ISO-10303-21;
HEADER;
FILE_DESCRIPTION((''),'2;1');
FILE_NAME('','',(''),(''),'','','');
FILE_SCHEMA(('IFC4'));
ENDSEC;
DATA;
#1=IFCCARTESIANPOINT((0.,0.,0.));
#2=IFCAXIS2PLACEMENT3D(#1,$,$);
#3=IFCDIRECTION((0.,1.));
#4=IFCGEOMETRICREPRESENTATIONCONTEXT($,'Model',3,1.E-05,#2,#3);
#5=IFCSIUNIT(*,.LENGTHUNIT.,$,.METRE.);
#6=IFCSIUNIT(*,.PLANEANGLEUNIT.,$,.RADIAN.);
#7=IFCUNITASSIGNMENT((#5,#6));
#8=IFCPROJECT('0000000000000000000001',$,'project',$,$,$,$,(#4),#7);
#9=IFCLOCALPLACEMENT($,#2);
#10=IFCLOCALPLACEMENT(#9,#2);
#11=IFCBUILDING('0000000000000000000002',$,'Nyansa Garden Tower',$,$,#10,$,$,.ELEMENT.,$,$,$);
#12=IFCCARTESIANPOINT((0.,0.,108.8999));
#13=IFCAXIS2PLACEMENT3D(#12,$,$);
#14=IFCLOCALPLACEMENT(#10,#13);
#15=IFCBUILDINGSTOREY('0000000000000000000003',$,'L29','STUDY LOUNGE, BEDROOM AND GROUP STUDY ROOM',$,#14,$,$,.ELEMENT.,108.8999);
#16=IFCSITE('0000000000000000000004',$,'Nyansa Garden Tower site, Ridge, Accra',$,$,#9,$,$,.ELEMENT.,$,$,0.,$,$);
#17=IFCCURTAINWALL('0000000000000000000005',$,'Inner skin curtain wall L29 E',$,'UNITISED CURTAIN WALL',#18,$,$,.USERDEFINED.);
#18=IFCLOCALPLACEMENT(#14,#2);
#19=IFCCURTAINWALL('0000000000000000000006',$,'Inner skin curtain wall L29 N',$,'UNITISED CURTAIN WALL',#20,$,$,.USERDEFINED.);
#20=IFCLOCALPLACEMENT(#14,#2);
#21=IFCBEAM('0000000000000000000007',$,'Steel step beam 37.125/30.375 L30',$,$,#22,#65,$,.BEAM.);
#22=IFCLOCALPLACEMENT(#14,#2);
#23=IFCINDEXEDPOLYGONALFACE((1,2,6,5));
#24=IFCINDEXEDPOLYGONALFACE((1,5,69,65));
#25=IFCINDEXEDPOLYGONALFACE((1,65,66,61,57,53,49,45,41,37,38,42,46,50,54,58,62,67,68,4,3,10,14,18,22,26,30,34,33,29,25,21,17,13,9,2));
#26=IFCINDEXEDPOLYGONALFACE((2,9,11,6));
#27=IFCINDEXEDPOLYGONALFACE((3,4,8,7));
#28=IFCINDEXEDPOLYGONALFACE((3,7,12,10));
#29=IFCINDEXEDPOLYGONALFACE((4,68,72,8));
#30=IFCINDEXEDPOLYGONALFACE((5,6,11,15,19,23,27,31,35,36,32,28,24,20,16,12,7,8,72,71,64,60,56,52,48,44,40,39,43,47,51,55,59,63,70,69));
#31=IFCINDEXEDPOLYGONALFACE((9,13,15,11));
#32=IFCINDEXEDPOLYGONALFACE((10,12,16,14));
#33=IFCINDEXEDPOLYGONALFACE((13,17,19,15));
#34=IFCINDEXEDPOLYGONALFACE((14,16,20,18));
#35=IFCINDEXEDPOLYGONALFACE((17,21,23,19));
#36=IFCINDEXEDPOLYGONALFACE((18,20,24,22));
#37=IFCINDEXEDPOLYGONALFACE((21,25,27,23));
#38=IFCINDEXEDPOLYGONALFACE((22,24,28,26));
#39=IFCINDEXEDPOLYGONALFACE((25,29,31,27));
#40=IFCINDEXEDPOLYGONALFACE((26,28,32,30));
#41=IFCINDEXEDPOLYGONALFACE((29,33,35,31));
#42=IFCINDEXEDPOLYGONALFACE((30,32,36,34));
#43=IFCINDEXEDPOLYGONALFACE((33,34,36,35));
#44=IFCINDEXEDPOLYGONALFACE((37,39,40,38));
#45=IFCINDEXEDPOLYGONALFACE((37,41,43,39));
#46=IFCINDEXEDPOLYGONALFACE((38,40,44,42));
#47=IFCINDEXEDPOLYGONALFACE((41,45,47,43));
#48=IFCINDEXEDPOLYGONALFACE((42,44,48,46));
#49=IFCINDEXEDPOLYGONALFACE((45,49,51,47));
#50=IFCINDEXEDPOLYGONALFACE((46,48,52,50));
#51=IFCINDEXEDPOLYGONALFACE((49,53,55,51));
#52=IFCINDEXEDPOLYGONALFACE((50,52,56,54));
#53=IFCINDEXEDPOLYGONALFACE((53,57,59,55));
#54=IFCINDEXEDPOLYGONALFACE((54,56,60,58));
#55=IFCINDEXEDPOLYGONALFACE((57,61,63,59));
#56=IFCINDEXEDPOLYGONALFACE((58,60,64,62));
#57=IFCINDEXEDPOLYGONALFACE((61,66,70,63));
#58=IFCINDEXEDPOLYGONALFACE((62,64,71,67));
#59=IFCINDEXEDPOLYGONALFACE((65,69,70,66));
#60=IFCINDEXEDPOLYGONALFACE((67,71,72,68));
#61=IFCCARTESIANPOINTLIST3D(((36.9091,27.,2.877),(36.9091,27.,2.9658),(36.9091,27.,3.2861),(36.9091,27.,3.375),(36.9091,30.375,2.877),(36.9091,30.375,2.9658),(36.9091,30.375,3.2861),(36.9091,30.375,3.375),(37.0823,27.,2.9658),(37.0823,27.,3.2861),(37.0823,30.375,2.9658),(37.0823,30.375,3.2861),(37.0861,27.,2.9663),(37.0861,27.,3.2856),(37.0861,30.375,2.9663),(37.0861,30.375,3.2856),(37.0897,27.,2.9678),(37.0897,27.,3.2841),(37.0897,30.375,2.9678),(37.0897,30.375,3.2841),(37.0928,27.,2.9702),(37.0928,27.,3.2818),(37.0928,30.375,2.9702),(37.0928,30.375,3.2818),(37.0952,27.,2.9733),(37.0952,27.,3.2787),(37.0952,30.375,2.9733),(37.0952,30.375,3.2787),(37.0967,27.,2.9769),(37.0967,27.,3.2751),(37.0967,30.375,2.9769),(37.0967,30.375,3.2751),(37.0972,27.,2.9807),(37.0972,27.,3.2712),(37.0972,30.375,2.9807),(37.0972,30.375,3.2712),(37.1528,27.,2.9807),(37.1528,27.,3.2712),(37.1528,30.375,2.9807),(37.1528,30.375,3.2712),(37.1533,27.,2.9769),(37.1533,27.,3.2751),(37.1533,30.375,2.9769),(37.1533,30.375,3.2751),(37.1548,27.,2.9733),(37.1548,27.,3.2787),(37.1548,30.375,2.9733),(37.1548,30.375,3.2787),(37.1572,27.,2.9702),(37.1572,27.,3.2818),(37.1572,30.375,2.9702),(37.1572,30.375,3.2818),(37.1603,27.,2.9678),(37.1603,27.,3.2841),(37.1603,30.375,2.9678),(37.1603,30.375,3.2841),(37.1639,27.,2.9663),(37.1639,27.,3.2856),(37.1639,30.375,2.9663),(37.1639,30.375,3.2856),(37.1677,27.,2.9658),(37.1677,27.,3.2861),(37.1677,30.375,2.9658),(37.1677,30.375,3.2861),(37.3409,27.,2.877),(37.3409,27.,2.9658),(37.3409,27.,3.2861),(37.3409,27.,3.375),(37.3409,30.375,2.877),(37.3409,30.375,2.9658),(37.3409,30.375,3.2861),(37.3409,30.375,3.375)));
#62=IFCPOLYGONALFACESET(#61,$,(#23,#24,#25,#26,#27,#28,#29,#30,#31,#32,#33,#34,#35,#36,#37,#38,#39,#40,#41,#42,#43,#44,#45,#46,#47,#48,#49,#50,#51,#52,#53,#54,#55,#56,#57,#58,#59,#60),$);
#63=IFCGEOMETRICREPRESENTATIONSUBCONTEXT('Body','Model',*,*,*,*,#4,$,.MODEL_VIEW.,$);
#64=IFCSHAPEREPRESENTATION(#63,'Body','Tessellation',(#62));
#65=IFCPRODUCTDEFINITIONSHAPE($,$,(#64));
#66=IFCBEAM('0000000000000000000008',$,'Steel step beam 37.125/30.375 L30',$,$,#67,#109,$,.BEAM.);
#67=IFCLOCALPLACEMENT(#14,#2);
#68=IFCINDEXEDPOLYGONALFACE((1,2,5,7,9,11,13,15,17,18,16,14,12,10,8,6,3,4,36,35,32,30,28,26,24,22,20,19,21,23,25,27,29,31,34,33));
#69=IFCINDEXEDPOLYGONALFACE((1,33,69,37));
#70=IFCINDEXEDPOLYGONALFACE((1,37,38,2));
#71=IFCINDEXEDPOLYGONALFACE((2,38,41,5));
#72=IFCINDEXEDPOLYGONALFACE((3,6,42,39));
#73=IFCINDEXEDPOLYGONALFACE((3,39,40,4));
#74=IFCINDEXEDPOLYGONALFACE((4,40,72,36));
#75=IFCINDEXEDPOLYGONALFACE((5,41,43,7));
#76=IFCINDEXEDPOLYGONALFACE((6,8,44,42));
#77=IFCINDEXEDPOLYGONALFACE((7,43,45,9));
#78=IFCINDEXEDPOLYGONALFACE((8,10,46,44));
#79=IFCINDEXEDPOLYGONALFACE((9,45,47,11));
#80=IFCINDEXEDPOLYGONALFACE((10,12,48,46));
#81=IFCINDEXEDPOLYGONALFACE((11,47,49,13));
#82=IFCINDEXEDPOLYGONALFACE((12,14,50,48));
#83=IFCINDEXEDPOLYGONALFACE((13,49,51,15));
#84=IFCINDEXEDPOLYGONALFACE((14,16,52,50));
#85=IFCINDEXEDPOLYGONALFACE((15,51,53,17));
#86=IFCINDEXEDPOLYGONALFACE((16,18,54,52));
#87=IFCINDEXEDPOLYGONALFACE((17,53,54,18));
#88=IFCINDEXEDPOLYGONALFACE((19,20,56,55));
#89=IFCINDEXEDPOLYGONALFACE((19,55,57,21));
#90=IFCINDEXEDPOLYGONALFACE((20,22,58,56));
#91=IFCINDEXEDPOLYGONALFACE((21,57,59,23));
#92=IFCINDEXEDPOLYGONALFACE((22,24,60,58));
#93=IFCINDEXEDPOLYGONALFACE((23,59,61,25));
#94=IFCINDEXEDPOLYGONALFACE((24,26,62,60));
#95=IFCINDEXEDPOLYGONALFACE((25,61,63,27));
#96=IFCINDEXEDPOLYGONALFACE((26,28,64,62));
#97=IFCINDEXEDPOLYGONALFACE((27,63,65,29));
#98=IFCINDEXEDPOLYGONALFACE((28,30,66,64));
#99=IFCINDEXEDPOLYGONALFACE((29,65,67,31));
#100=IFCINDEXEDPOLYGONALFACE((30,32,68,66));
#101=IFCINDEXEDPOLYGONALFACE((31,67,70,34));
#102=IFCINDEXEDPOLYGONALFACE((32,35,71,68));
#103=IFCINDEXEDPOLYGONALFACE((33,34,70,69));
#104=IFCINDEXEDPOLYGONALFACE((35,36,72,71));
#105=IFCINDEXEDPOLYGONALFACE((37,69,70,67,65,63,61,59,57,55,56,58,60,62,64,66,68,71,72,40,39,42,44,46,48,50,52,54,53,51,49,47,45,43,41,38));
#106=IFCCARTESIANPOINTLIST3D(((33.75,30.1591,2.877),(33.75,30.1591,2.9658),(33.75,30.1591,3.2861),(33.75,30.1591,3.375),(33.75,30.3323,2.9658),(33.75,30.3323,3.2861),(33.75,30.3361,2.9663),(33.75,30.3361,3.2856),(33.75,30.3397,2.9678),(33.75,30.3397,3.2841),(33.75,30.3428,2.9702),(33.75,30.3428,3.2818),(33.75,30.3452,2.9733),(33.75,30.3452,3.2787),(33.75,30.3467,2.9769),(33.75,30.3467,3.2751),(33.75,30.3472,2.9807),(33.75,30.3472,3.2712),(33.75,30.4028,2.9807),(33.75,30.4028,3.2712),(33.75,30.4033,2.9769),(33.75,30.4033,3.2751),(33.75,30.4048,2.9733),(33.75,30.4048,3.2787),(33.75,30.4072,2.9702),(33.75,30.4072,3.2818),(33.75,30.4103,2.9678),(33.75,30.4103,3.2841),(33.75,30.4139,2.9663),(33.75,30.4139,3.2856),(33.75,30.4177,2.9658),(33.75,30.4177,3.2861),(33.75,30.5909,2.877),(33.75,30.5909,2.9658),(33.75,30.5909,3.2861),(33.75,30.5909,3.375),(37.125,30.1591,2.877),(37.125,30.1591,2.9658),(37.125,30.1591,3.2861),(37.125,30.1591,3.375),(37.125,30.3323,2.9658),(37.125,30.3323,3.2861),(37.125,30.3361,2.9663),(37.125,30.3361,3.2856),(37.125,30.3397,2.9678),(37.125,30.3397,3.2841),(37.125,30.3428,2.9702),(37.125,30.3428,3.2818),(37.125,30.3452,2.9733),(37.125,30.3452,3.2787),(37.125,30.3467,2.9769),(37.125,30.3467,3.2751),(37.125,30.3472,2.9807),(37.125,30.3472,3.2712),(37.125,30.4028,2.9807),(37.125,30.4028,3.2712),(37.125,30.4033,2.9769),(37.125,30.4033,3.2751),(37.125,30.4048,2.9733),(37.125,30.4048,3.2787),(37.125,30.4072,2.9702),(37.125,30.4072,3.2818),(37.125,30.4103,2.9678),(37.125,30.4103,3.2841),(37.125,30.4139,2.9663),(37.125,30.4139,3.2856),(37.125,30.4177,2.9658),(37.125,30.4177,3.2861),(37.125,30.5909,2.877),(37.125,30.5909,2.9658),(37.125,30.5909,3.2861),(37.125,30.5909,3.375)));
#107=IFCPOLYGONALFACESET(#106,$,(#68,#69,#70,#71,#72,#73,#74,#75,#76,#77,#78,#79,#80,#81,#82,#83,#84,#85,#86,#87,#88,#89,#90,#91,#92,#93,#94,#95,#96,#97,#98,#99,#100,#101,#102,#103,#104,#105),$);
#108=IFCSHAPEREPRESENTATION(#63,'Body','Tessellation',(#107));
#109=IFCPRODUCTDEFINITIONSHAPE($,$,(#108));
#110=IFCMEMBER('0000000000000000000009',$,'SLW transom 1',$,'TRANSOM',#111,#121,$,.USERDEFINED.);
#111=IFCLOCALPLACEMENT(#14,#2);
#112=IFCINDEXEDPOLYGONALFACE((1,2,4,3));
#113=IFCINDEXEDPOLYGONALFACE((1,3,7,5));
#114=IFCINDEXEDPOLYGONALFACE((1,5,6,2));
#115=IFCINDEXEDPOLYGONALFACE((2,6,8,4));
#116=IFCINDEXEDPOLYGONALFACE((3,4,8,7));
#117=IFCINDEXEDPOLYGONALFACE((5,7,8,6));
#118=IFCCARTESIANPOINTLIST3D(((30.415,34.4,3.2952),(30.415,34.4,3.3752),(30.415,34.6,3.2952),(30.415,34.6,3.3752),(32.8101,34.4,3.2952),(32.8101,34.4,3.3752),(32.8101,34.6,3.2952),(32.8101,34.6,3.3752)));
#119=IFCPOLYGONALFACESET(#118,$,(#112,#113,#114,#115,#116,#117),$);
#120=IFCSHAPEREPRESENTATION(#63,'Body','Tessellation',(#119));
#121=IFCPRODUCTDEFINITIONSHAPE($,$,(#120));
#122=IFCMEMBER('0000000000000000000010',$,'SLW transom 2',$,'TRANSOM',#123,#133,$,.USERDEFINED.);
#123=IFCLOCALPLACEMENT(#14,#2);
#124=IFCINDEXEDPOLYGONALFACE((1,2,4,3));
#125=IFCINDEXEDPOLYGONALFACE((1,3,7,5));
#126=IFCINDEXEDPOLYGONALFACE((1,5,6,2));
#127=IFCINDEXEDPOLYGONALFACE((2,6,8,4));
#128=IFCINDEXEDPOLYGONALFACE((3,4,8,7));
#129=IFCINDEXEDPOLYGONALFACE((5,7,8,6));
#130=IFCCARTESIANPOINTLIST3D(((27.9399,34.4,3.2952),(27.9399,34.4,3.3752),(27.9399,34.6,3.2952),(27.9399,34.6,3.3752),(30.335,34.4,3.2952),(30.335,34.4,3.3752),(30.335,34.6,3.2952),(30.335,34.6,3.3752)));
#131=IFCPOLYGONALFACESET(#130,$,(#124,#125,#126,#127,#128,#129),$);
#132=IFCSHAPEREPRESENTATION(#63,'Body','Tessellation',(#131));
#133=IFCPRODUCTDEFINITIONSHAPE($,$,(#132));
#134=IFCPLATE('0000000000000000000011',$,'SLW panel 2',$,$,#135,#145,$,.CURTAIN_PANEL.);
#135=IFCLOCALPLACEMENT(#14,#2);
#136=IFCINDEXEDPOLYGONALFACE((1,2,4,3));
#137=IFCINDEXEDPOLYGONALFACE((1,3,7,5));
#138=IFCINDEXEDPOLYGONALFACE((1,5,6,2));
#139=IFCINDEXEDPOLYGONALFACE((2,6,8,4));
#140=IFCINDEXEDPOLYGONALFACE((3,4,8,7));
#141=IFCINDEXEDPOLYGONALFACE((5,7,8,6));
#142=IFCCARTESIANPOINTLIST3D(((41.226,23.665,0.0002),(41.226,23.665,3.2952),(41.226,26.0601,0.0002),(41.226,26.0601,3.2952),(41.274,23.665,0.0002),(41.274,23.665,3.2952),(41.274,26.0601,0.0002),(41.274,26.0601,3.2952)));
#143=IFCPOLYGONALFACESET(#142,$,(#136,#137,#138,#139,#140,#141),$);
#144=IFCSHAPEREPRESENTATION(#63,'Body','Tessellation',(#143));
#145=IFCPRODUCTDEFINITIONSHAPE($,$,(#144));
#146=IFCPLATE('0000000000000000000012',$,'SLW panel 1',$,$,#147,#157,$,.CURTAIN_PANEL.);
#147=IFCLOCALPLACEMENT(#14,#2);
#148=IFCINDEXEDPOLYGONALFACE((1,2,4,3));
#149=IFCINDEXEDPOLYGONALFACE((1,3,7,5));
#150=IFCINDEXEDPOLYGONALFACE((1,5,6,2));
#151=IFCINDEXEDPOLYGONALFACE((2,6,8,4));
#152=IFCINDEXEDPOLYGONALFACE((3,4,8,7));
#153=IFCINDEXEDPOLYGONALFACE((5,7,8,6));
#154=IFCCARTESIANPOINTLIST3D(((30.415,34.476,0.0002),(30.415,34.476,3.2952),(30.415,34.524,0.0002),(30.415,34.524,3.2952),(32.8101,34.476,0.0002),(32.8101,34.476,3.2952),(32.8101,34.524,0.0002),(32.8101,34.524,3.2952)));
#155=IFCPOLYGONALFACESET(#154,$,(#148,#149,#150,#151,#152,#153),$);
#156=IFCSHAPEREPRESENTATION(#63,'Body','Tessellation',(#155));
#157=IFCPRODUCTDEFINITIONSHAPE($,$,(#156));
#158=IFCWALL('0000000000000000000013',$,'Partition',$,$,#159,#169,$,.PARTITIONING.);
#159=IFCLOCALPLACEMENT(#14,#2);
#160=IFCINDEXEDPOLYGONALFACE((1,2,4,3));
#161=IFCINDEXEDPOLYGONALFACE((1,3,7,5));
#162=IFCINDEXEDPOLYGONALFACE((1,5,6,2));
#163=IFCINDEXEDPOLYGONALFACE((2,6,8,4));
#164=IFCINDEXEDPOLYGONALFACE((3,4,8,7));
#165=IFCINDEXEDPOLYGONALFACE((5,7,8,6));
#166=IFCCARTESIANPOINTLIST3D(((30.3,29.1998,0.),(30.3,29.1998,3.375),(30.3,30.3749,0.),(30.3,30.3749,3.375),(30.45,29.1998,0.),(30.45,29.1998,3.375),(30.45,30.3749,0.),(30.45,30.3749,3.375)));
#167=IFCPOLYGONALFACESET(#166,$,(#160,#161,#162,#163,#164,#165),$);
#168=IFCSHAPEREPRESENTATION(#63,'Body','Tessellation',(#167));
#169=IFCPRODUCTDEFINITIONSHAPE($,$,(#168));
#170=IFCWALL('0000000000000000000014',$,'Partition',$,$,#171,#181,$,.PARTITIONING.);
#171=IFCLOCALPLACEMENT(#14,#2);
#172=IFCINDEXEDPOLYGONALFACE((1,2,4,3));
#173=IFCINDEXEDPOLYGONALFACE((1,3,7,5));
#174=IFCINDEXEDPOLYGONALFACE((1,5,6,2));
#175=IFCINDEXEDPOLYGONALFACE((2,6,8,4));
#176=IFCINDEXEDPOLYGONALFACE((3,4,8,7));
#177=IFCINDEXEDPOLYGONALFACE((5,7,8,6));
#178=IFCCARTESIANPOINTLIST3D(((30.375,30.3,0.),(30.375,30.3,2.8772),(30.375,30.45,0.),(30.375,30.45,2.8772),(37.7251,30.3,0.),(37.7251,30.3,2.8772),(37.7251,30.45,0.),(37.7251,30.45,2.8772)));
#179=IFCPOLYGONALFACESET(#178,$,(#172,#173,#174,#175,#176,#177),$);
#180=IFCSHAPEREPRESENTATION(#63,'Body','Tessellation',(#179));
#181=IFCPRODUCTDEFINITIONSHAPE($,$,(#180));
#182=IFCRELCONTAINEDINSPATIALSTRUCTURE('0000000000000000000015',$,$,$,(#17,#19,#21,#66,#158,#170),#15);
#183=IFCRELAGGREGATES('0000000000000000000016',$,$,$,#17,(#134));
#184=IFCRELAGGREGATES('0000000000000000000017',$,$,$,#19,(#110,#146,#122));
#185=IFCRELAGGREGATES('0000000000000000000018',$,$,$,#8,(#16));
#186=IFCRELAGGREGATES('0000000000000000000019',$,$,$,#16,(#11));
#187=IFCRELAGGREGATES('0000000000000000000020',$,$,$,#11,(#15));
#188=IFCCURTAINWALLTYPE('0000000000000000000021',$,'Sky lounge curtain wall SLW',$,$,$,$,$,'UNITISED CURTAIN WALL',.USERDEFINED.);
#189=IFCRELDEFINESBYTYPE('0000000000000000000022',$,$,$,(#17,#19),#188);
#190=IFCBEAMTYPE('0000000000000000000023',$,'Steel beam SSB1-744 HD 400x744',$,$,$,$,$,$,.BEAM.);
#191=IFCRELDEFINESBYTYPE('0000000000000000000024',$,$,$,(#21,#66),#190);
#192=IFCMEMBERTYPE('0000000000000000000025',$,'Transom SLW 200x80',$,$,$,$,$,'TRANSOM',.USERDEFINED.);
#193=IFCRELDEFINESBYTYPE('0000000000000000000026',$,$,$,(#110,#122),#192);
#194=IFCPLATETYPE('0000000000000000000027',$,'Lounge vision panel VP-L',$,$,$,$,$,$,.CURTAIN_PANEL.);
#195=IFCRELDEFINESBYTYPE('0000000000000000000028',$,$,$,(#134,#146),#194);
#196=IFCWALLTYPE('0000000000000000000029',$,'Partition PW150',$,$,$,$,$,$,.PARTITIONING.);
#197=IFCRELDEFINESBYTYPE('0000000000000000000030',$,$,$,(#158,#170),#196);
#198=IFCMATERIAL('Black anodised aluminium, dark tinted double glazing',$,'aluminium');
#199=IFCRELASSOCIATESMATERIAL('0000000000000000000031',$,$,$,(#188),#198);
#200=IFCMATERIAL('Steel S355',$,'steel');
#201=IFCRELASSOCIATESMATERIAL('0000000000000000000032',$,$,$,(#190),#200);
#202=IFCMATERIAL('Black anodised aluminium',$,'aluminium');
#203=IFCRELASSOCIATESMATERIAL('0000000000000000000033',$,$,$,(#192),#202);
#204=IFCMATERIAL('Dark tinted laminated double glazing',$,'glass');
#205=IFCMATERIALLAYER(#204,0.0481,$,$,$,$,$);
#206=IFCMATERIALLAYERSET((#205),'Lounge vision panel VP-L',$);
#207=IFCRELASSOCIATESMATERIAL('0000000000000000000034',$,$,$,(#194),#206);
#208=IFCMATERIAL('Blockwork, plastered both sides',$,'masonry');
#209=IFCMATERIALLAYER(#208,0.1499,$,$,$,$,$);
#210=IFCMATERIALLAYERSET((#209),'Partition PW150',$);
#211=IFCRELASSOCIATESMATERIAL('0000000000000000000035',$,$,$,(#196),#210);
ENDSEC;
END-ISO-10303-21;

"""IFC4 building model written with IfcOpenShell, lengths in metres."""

from ifc_helpers import new_model, si_unit, direction, frame, frame_2d, origin, origin_2d, place, context, subcontext, project, spatial, rectangle, i_section, extrude, material, layer, layer_set, material_profile, profile_set, type_object, element, aggregate, save


model = new_model("IFC4")

# Units and contexts
model_context = context("Model", 3, precision=1e-05, world=origin(), true_north=direction((0.0, 1.0)))
body_context = subcontext(model_context, "Body", "Model", "MODEL_VIEW")
ifc_project = project(units=[si_unit("LENGTHUNIT", "METRE"), si_unit("PLANEANGLEUNIT", "RADIAN")], contexts=[model_context])

# Site, building, storey
site_placement = place(None, origin())
site = spatial("IfcSite", under=ifc_project, at=site_placement, Name="Nyansa Garden Tower site, Ridge, Accra", CompositionType="ELEMENT", RefElevation=0.0)
building_placement = place(site_placement, origin())
building = spatial("IfcBuilding", under=site, at=building_placement, Name="Nyansa Garden Tower", CompositionType="ELEMENT")
storey_placement = place(building_placement, frame((0.0, 0.0, 108.8999)))
storey = spatial("IfcBuildingStorey", under=building, at=storey_placement, Name="L29", Description="STUDY LOUNGE, BEDROOM AND GROUP STUDY ROOM", CompositionType="ELEMENT", Elevation=108.8999)

# Curtain wall
ifc_material_1 = material(Name="Black anodised aluminium, dark tinted double glazing", Category="aluminium")
curtain_wall_type = type_object("IfcCurtainWallType", Name="Sky lounge curtain wall SLW", ElementType="UNITISED CURTAIN WALL", PredefinedType="USERDEFINED", material=ifc_material_1)
curtain_wall_1_placement = place(storey_placement, origin())
curtain_wall_1 = element("IfcCurtainWall", 1, at=curtain_wall_1_placement, inside=storey, type_object=curtain_wall_type, Name="Inner skin curtain wall L29 E", ObjectType="UNITISED CURTAIN WALL", PredefinedType="USERDEFINED")

# Curtain wall
curtain_wall_2_placement = place(storey_placement, origin())
curtain_wall_2 = element("IfcCurtainWall", 2, at=curtain_wall_2_placement, inside=storey, type_object=curtain_wall_type, Name="Inner skin curtain wall L29 N", ObjectType="UNITISED CURTAIN WALL", PredefinedType="USERDEFINED")

# Beams
ifc_material_2 = material(Name="Steel S355", Category="steel")
ifc_material_profile_1 = material_profile(ifc_material_2, i_section(OverallWidth=0.4319, OverallDepth=0.498, WebThickness=0.0557, FlangeThickness=0.0889, FilletRadius=0.0149, at=origin_2d()), Name="HD 400x744")
ifc_profile_set_1 = profile_set([ifc_material_profile_1], Name="Steel S355")
beam_type_1 = type_object("IfcBeamType", Name="Steel beam SSB1-744 HD 400x744", PredefinedType="BEAM", material=ifc_profile_set_1)
for number, where, z_axis, x_axis, name in (
    (3, (37.125, 30.375, 3.126), (0.0, -1.0, 0.0), (1.0, 0.0, 0.0), "Steel step beam 37.125/30.375 L30"),
    (4, (37.125, 30.375, 3.126), (-1.0, 0.0, 0.0), (0.0, -1.0, 0.0), "Steel step beam 37.125/30.375 L30"),
):
    element("IfcBeam", number, at=place(storey_placement, frame(where, z_axis=z_axis, x_axis=x_axis)), inside=storey, type_object=beam_type_1, Name=name, PredefinedType="BEAM", context=body_context, shape_type="SweptSolid", body=[
        extrude(i_section(OverallWidth=0.4319, OverallDepth=0.498, WebThickness=0.0557, FlangeThickness=0.0889, FilletRadius=0.0149, at=origin_2d()), origin(), (0.0, 0.0, 1.0), 3.375),
    ])

# Members
ifc_material_3 = material(Name="Black anodised aluminium", Category="aluminium")
ifc_material_profile_2 = material_profile(ifc_material_3, rectangle(XDim=0.2, YDim=0.0801, at=origin_2d()), Name="Transom 200x80")
ifc_profile_set_2 = profile_set([ifc_material_profile_2], Name="Black anodised aluminium")
member_type_1 = type_object("IfcMemberType", Name="Transom SLW 200x80", ElementType="TRANSOM", PredefinedType="USERDEFINED", material=ifc_profile_set_2)
member_1_placement = place(storey_placement, frame((32.8101, 34.5, 3.3352), z_axis=(-1.0, 0.0, 0.0), x_axis=(0.0, -1.0, 0.0)))
member_1 = element("IfcMember", 5, at=member_1_placement, type_object=member_type_1, Name="SLW transom 1", ObjectType="TRANSOM", PredefinedType="USERDEFINED", context=body_context, shape_type="SweptSolid", body=[
    extrude(rectangle(XDim=0.2, YDim=0.0801, at=origin_2d()), origin(), (0.0, 0.0, 1.0), 2.395),
])
member_2_placement = place(storey_placement, frame((30.335, 34.5, 3.3352), z_axis=(-1.0, 0.0, 0.0), x_axis=(0.0, -1.0, 0.0)))
member_2 = element("IfcMember", 6, at=member_2_placement, type_object=member_type_1, Name="SLW transom 2", ObjectType="TRANSOM", PredefinedType="USERDEFINED", context=body_context, shape_type="SweptSolid", body=[
    extrude(rectangle(XDim=0.2, YDim=0.0801, at=origin_2d()), origin(), (0.0, 0.0, 1.0), 2.395),
])

# Plates
ifc_material_4 = material(Name="Dark tinted laminated double glazing", Category="glass")
ifc_layer_1 = layer(ifc_material_4, 0.0481)
ifc_layer_set_1 = layer_set([ifc_layer_1], Name="Lounge vision panel VP-L")
plate_type = type_object("IfcPlateType", Name="Lounge vision panel VP-L", PredefinedType="CURTAIN_PANEL", material=ifc_layer_set_1)
plate_1_placement = place(storey_placement, frame((41.25, 24.8625, 0.0002), z_axis=(0.0, 0.0, 1.0), x_axis=(0.0, 1.0, 0.0)))
plate_1 = element("IfcPlate", 7, at=plate_1_placement, type_object=plate_type, Name="SLW panel 2", PredefinedType="CURTAIN_PANEL", context=body_context, shape_type="SweptSolid", body=[
    extrude(rectangle(XDim=2.395, YDim=0.0481, at=origin_2d()), origin(), (0.0, 0.0, 1.0), 3.2949),
])
aggregate(curtain_wall_1, [plate_1])
plate_2_placement = place(storey_placement, frame((31.6125, 34.5, 0.0002), z_axis=(0.0, 0.0, 1.0), x_axis=(-1.0, 0.0, 0.0)))
plate_2 = element("IfcPlate", 8, at=plate_2_placement, type_object=plate_type, Name="SLW panel 1", PredefinedType="CURTAIN_PANEL", context=body_context, shape_type="SweptSolid", body=[
    extrude(rectangle(XDim=2.395, YDim=0.0481, at=origin_2d()), origin(), (0.0, 0.0, 1.0), 3.2949),
])
aggregate(curtain_wall_2, [member_1, plate_2, member_2])

# Walls
ifc_material_5 = material(Name="Blockwork, plastered both sides", Category="masonry")
ifc_layer_2 = layer(ifc_material_5, 0.1499)
ifc_layer_set_2 = layer_set([ifc_layer_2], Name="Partition PW150")
wall_type_1 = type_object("IfcWallType", Name="Partition PW150", PredefinedType="PARTITIONING", material=ifc_layer_set_2)
wall_1_placement = place(storey_placement, frame((30.375, 29.2, 0.0), z_axis=(0.0, 0.0, 1.0), x_axis=(0.0, 1.0, 0.0)))
element("IfcWall", 9, at=wall_1_placement, inside=storey, type_object=wall_type_1, Name="Partition", PredefinedType="PARTITIONING", context=body_context, shape_type="SweptSolid", body=[
    extrude(rectangle(XDim=1.175, YDim=0.1499, at=frame_2d((0.5874, 0.0))), origin(), (0.0, 0.0, 1.0), 3.375),
])
wall_2_placement = place(storey_placement, frame((30.375, 30.375, 0.0), z_axis=(0.0, 0.0, 1.0), x_axis=(1.0, 0.0, 0.0)))
element("IfcWall", 10, at=wall_2_placement, inside=storey, type_object=wall_type_1, Name="Partition", PredefinedType="PARTITIONING", context=body_context, shape_type="SweptSolid", body=[
    extrude(rectangle(XDim=7.3501, YDim=0.1499, at=frame_2d((3.675, 0.0))), origin(), (0.0, 0.0, 1.0), 2.8772),
])

save(model, "model.ifc")
